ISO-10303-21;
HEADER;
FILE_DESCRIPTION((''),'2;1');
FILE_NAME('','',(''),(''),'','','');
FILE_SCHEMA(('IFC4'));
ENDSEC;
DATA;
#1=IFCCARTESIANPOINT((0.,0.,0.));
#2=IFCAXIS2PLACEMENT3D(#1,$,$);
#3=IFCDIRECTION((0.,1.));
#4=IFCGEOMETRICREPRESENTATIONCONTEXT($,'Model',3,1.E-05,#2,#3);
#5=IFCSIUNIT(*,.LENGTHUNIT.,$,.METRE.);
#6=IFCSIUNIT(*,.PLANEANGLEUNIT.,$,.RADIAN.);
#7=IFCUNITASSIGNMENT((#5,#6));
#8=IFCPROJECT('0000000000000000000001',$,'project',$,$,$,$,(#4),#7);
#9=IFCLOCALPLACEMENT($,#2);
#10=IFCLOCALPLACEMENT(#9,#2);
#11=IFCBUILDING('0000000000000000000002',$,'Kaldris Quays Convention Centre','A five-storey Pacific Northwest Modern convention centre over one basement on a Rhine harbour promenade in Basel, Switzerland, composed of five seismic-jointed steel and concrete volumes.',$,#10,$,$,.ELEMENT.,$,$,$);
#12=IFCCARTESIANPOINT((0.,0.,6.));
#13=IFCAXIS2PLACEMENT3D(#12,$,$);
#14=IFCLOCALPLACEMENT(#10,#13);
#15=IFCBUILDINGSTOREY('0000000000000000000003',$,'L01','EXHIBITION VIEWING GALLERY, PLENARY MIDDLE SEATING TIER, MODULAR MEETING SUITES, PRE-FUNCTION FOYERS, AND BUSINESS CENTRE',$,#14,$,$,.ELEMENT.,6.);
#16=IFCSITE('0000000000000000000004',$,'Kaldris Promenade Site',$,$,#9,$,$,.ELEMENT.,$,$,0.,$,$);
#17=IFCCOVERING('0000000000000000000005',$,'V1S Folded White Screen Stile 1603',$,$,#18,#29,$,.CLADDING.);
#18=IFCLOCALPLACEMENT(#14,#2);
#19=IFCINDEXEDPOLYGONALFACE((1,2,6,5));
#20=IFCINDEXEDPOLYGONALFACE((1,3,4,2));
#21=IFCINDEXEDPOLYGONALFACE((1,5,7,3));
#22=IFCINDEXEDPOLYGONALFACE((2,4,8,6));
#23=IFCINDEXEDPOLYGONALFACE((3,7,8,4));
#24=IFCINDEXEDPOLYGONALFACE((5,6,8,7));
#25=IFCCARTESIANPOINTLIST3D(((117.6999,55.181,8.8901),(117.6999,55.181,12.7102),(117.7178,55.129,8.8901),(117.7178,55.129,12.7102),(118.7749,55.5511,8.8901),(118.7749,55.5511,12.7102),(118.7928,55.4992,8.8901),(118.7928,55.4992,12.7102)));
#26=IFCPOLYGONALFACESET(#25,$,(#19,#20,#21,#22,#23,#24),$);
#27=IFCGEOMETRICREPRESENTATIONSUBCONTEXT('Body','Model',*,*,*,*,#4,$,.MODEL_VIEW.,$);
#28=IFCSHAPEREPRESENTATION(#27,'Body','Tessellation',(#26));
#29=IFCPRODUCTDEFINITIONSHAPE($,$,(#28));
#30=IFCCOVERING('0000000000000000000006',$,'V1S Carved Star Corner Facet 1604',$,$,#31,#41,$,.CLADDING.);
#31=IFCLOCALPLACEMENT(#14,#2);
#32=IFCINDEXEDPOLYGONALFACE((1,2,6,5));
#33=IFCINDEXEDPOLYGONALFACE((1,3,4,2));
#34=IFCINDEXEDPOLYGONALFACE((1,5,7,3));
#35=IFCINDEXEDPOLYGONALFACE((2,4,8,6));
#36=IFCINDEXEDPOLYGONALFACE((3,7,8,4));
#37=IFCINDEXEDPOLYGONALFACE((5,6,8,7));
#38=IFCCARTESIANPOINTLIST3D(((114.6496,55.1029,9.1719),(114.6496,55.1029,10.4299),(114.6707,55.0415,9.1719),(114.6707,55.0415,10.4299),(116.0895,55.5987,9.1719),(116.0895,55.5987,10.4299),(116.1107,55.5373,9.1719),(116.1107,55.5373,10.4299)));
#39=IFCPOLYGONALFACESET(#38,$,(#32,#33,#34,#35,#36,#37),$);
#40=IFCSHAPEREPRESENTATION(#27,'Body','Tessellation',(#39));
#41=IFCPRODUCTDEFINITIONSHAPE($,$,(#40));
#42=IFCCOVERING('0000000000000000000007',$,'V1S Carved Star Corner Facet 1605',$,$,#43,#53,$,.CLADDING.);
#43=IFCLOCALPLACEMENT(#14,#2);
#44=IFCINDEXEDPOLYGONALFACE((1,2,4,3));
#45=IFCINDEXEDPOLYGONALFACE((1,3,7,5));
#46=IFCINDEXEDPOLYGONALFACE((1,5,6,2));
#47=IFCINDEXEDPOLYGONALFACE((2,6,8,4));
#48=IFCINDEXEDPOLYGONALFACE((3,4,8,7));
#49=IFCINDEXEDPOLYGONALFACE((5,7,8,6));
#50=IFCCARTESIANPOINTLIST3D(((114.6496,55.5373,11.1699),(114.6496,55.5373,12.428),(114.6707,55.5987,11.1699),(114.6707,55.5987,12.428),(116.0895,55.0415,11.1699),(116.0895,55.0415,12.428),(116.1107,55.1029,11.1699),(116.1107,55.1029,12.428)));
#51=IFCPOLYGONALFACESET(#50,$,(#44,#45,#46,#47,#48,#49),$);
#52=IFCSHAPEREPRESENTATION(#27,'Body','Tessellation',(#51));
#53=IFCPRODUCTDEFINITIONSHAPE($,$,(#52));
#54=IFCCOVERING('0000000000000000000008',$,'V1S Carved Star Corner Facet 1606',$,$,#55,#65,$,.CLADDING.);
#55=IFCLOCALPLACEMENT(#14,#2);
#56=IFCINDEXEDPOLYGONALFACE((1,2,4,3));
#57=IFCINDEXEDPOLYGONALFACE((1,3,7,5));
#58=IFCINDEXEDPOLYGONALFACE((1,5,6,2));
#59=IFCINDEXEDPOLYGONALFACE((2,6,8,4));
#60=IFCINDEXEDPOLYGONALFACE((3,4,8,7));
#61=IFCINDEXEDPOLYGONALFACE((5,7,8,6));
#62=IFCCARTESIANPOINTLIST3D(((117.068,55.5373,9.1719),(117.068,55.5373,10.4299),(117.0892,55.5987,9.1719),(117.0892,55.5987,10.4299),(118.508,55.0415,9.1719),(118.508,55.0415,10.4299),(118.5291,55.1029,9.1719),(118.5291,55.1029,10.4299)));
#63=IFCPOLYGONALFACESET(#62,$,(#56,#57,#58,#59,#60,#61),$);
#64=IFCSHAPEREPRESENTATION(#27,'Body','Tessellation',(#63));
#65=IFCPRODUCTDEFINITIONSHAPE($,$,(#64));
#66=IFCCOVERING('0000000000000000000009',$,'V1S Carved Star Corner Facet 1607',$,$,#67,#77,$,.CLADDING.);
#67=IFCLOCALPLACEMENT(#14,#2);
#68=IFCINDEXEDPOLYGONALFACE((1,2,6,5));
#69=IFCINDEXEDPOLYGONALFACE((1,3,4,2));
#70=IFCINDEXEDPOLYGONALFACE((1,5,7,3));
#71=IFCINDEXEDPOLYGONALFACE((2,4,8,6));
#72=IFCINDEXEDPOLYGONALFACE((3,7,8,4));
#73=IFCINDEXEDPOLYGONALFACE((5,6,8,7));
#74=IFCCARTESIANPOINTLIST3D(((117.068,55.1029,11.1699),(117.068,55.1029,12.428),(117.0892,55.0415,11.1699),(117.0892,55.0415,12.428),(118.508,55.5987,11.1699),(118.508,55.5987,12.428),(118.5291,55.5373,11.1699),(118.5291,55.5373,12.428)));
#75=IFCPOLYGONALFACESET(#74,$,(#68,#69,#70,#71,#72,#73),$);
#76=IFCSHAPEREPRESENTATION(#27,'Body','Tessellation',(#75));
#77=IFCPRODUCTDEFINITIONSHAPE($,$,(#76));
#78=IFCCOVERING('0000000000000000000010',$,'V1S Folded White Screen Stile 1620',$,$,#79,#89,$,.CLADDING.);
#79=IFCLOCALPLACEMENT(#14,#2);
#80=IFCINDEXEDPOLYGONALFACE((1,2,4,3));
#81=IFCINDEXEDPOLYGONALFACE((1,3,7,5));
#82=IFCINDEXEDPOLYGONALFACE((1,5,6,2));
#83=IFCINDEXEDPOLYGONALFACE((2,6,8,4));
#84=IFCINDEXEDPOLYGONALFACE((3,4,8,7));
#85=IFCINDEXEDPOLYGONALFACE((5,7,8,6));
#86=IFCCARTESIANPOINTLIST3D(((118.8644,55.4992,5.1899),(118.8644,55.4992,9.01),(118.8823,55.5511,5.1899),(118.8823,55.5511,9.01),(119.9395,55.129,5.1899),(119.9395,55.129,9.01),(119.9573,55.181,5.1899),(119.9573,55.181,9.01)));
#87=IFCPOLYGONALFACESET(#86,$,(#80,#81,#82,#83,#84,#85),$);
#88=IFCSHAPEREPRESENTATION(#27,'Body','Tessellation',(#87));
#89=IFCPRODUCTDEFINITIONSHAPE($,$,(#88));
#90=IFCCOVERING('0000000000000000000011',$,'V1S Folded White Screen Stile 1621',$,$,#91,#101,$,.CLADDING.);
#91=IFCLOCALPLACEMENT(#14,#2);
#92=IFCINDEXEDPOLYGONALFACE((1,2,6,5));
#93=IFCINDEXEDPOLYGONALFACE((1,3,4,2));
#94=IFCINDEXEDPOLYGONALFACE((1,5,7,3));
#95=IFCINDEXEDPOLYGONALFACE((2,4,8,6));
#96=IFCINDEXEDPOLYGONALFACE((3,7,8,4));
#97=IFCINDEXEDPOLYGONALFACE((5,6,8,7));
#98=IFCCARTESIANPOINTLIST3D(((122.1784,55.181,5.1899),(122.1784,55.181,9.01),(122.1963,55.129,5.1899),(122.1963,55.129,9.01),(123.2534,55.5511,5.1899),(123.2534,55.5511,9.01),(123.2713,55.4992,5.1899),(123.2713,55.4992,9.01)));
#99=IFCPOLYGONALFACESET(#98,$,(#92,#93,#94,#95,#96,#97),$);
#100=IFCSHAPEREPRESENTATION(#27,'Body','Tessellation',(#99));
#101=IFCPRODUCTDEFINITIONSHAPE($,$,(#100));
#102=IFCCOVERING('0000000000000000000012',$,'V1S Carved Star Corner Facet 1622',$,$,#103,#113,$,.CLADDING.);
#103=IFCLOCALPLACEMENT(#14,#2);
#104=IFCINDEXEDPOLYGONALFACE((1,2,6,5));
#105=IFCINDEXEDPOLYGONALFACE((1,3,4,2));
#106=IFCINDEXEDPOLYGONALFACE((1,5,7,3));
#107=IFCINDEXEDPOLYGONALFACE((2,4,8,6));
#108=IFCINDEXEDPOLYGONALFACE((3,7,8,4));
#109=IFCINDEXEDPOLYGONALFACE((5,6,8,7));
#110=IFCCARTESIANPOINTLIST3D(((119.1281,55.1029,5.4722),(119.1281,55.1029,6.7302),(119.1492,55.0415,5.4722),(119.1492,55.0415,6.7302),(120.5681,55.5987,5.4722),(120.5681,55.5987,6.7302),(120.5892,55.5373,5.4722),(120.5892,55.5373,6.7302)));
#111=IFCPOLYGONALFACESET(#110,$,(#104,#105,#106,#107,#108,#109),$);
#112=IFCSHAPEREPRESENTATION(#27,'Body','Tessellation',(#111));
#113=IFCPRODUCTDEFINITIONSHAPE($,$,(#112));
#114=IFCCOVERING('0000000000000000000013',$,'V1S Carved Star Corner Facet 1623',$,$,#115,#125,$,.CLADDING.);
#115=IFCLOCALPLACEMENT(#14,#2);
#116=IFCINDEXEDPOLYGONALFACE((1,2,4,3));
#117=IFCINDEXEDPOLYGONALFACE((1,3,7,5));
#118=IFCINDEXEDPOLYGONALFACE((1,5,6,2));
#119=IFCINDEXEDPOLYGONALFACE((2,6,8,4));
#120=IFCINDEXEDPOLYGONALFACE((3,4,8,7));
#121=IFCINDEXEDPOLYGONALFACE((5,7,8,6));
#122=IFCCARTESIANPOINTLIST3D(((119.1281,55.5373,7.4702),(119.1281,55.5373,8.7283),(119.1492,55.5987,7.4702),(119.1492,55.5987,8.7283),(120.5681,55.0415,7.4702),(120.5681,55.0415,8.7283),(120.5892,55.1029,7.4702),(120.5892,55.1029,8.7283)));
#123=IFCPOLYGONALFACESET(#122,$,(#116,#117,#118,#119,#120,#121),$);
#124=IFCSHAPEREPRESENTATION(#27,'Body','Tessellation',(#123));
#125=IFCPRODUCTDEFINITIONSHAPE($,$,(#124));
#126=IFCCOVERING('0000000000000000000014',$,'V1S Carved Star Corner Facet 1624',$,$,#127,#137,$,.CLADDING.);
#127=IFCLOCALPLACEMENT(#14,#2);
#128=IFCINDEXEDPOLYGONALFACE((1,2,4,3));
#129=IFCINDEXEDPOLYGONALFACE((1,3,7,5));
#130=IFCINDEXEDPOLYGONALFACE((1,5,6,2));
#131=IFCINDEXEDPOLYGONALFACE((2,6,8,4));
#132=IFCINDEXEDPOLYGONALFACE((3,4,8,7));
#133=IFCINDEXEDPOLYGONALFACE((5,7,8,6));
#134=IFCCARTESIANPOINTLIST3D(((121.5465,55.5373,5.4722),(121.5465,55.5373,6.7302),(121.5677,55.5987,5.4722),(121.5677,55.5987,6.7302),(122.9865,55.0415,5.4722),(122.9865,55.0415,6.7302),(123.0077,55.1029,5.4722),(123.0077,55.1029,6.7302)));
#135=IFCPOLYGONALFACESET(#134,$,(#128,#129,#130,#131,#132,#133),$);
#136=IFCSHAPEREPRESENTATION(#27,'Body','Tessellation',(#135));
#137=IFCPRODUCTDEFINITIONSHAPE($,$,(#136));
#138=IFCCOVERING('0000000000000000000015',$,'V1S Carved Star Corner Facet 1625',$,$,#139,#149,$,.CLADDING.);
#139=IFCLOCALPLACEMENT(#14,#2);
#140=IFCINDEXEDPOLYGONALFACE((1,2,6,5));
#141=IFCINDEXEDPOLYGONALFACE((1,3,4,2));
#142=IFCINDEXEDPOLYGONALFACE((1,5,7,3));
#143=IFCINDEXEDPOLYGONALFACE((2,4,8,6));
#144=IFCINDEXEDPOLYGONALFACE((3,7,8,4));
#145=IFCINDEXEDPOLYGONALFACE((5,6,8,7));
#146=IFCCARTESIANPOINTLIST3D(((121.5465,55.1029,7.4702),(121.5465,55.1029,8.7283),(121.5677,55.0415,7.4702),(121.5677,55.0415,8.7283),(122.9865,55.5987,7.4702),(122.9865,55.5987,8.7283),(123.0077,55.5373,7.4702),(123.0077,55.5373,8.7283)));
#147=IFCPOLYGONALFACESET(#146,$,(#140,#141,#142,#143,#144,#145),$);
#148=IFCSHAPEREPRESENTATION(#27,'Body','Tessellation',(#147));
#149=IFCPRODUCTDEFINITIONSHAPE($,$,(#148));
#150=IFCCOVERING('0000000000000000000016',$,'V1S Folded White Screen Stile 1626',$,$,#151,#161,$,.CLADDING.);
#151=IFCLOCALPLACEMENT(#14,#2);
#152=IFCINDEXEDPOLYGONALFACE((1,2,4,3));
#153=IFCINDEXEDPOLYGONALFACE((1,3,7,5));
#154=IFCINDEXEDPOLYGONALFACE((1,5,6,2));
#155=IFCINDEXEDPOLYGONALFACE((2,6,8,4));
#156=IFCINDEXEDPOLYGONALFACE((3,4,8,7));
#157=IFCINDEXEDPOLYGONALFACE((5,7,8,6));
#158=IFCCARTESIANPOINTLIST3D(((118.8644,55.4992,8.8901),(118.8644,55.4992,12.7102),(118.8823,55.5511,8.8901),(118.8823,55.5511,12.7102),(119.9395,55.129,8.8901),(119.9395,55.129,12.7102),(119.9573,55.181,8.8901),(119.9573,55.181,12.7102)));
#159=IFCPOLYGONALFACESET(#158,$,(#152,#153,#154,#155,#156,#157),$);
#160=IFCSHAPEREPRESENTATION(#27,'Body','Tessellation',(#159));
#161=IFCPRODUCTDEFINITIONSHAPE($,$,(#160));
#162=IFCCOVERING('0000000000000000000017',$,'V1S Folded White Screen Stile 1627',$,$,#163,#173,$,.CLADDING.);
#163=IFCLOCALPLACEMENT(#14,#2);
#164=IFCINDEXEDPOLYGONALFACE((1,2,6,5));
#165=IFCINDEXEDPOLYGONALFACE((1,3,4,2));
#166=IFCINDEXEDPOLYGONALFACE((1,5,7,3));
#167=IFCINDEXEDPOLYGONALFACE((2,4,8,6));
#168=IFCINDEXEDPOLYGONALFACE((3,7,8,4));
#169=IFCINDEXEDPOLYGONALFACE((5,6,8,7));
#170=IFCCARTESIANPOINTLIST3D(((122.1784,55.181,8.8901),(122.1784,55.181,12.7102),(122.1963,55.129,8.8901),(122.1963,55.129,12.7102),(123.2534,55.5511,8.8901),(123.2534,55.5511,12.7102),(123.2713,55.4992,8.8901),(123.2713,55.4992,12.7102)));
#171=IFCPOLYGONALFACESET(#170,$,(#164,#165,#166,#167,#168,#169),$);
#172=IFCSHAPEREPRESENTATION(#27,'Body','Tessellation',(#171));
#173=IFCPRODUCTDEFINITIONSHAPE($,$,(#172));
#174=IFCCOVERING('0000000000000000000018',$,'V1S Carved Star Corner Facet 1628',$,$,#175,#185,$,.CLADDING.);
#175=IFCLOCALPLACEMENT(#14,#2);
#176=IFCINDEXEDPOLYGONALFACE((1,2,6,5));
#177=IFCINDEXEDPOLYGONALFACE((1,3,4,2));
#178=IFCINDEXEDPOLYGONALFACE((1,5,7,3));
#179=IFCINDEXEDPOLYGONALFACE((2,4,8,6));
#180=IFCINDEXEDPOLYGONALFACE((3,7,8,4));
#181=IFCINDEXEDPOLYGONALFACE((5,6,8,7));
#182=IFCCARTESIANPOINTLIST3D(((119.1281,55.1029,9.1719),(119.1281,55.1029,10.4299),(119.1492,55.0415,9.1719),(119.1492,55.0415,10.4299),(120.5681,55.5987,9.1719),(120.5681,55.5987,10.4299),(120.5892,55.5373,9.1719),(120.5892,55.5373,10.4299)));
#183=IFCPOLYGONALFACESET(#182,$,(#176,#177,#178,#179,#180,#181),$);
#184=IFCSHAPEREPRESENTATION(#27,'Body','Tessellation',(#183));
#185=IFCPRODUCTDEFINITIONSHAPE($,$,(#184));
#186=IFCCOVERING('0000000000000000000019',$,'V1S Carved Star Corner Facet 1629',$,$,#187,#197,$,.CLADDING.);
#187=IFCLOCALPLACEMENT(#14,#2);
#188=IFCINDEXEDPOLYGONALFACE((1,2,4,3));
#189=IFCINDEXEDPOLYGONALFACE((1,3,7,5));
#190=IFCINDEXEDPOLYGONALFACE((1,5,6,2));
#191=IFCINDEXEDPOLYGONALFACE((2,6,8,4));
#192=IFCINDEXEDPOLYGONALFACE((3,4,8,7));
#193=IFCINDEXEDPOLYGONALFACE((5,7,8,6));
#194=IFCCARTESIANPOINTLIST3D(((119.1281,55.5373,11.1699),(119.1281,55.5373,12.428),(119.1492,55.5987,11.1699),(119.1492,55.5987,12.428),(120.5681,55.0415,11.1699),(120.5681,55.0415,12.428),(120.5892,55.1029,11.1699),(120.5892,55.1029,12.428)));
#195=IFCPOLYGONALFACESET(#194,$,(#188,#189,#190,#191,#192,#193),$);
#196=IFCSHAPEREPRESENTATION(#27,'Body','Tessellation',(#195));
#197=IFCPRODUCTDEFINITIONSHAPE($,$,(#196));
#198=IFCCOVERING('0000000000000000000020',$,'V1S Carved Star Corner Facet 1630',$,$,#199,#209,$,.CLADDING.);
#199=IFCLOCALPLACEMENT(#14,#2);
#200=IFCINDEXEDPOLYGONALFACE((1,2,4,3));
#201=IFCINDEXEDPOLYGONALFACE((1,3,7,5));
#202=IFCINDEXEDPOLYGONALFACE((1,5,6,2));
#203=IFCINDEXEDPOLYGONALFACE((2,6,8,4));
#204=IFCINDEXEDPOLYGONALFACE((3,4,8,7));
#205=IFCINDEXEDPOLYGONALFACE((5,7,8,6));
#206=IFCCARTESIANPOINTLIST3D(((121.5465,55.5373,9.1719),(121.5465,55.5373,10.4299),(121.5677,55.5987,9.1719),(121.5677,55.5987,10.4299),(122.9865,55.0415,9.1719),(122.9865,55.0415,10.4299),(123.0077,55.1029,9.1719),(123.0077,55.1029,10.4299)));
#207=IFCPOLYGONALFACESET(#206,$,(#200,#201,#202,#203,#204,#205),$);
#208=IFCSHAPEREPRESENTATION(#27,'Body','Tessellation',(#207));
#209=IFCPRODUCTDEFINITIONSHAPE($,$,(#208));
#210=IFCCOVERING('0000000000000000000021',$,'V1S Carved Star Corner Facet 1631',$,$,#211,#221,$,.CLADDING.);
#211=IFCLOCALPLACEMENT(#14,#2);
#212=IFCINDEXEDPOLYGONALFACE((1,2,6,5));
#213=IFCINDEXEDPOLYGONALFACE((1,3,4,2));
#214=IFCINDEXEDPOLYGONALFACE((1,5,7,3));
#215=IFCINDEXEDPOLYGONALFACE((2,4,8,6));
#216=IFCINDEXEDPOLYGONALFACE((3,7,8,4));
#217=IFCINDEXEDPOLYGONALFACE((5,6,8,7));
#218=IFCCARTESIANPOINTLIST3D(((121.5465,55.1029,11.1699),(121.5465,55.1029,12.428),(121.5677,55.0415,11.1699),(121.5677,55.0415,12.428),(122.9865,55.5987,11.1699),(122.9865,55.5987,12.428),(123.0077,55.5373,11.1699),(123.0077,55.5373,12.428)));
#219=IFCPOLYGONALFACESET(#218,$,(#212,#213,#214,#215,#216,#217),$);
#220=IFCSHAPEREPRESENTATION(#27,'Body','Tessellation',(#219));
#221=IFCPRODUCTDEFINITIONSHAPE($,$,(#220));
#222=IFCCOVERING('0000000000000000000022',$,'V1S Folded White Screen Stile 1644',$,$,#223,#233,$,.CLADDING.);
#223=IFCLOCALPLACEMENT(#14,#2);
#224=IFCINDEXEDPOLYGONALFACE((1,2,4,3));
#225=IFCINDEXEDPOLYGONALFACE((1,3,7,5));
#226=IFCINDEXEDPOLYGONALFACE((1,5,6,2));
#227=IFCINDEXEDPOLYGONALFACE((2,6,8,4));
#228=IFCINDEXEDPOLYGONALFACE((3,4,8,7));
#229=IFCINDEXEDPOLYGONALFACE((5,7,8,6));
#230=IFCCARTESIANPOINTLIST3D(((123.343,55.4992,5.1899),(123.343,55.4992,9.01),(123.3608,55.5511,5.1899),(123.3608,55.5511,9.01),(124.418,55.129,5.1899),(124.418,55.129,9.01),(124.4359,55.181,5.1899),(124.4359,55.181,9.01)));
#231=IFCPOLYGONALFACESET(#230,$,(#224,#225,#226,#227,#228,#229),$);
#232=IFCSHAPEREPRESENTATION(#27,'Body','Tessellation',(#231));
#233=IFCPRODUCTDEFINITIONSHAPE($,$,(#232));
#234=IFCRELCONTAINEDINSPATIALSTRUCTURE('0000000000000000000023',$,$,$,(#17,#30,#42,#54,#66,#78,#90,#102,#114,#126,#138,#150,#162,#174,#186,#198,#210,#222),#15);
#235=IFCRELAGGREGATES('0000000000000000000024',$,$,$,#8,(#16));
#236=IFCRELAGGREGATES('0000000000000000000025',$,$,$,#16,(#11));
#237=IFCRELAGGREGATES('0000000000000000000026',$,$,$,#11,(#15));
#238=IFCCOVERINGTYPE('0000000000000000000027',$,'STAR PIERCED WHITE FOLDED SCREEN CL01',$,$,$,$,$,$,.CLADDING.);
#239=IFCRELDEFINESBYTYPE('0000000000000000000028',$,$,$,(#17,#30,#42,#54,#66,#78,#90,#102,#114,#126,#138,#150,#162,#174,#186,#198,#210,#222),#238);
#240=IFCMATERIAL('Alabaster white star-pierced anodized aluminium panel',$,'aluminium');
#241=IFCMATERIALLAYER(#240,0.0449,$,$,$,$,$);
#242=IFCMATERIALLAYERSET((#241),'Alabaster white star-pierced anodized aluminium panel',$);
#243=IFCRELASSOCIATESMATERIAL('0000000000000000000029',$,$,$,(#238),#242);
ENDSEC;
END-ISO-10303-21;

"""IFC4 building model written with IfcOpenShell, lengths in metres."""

from ifc_helpers import new_model, si_unit, direction, frame, origin, origin_2d, place, context, subcontext, project, spatial, rectangle, extrude, material, layer, layer_set, type_object, element, save


model = new_model("IFC4")

# Units and contexts
model_context = context("Model", 3, precision=1e-05, world=origin(), true_north=direction((0.0, 1.0)))
body_context = subcontext(model_context, "Body", "Model", "MODEL_VIEW")
ifc_project = project(units=[si_unit("LENGTHUNIT", "METRE"), si_unit("PLANEANGLEUNIT", "RADIAN")], contexts=[model_context])

# Site, building, storey
site_placement = place(None, origin())
site = spatial("IfcSite", under=ifc_project, at=site_placement, Name="Kaldris Promenade Site", CompositionType="ELEMENT", RefElevation=0.0)
building_placement = place(site_placement, origin())
building = spatial("IfcBuilding", under=site, at=building_placement, Name="Kaldris Quays Convention Centre", Description="A five-storey Pacific Northwest Modern convention centre over one basement on a Rhine harbour promenade in Basel, Switzerland, composed of five seismic-jointed steel and concrete volumes.", CompositionType="ELEMENT")
storey_placement = place(building_placement, frame((0.0, 0.0, 6.0)))
storey = spatial("IfcBuildingStorey", under=building, at=storey_placement, Name="L01", Description="EXHIBITION VIEWING GALLERY, PLENARY MIDDLE SEATING TIER, MODULAR MEETING SUITES, PRE-FUNCTION FOYERS, AND BUSINESS CENTRE", CompositionType="ELEMENT", Elevation=6.0)

# Coverings
ifc_material_1 = material(Name="Alabaster white star-pierced anodized aluminium panel", Category="aluminium")
ifc_layer = layer(ifc_material_1, 0.0449)
ifc_layer_set = layer_set([ifc_layer], Name="Alabaster white star-pierced anodized aluminium panel")
covering_type = type_object("IfcCoveringType", Name="STAR PIERCED WHITE FOLDED SCREEN CL01", PredefinedType="CLADDING", material=ifc_layer_set)
covering_1_placement = place(storey_placement, frame((118.2463, 55.3401, 8.8901), z_axis=(0.0, 0.0, 1.0), x_axis=(0.945519, 0.325568, 0.0)))
element("IfcCovering", 1, at=covering_1_placement, inside=storey, type_object=covering_type, Name="V1S Folded White Screen Stile 1603", PredefinedType="CLADDING", context=body_context, shape_type="SweptSolid", body=[
    extrude(rectangle(XDim=1.137, YDim=0.0549, at=origin_2d()), origin(), (0.0, 0.0, 1.0), 3.8201),
])
for number, where, z_axis, x_axis, name in (
    (2, (115.3801, 55.3201, 9.1719), (0.0, 0.0, 1.0), (0.945519, 0.325568, 0.0), "V1S Carved Star Corner Facet 1604"),
    (3, (115.3801, 55.3201, 11.1699), (0.0, 0.0, 1.0), (0.945519, -0.325568, 0.0), "V1S Carved Star Corner Facet 1605"),
    (4, (117.7986, 55.3201, 9.1719), (0.0, 0.0, 1.0), (0.945519, -0.325568, 0.0), "V1S Carved Star Corner Facet 1606"),
    (5, (117.7986, 55.3201, 11.1699), (0.0, 0.0, 1.0), (0.945519, 0.325568, 0.0), "V1S Carved Star Corner Facet 1607"),
):
    element("IfcCovering", number, at=place(storey_placement, frame(where, z_axis=z_axis, x_axis=x_axis)), inside=storey, type_object=covering_type, Name=name, PredefinedType="CLADDING", context=body_context, shape_type="SweptSolid", body=[
        extrude(rectangle(XDim=1.5229, YDim=0.0649, at=origin_2d()), origin(), (0.0, 0.0, 1.0), 1.2581),
    ])
for number, where, z_axis, x_axis, name in (
    (6, (119.4109, 55.3401, 5.1899), (0.0, 0.0, 1.0), (0.945519, -0.325568, 0.0), "V1S Folded White Screen Stile 1620"),
    (7, (122.7249, 55.3401, 5.1899), (0.0, 0.0, 1.0), (0.945519, 0.325568, 0.0), "V1S Folded White Screen Stile 1621"),
):
    element("IfcCovering", number, at=place(storey_placement, frame(where, z_axis=z_axis, x_axis=x_axis)), inside=storey, type_object=covering_type, Name=name, PredefinedType="CLADDING", context=body_context, shape_type="SweptSolid", body=[
        extrude(rectangle(XDim=1.137, YDim=0.0549, at=origin_2d()), origin(), (0.0, 0.0, 1.0), 3.8201),
    ])
for number, where, z_axis, x_axis, name in (
    (8, (119.8586, 55.3201, 5.4722), (0.0, 0.0, 1.0), (0.945519, 0.325568, 0.0), "V1S Carved Star Corner Facet 1622"),
    (9, (119.8586, 55.3201, 7.4702), (0.0, 0.0, 1.0), (0.945519, -0.325568, 0.0), "V1S Carved Star Corner Facet 1623"),
    (10, (122.2771, 55.3201, 5.4722), (0.0, 0.0, 1.0), (0.945519, -0.325568, 0.0), "V1S Carved Star Corner Facet 1624"),
    (11, (122.2771, 55.3201, 7.4702), (0.0, 0.0, 1.0), (0.945519, 0.325568, 0.0), "V1S Carved Star Corner Facet 1625"),
):
    element("IfcCovering", number, at=place(storey_placement, frame(where, z_axis=z_axis, x_axis=x_axis)), inside=storey, type_object=covering_type, Name=name, PredefinedType="CLADDING", context=body_context, shape_type="SweptSolid", body=[
        extrude(rectangle(XDim=1.5229, YDim=0.0649, at=origin_2d()), origin(), (0.0, 0.0, 1.0), 1.2581),
    ])
for number, where, z_axis, x_axis, name in (
    (12, (119.4109, 55.3401, 8.8901), (0.0, 0.0, 1.0), (0.945519, -0.325568, 0.0), "V1S Folded White Screen Stile 1626"),
    (13, (122.7249, 55.3401, 8.8901), (0.0, 0.0, 1.0), (0.945519, 0.325568, 0.0), "V1S Folded White Screen Stile 1627"),
):
    element("IfcCovering", number, at=place(storey_placement, frame(where, z_axis=z_axis, x_axis=x_axis)), inside=storey, type_object=covering_type, Name=name, PredefinedType="CLADDING", context=body_context, shape_type="SweptSolid", body=[
        extrude(rectangle(XDim=1.137, YDim=0.0549, at=origin_2d()), origin(), (0.0, 0.0, 1.0), 3.8201),
    ])
for number, where, z_axis, x_axis, name in (
    (14, (119.8586, 55.3201, 9.1719), (0.0, 0.0, 1.0), (0.945519, 0.325568, 0.0), "V1S Carved Star Corner Facet 1628"),
    (15, (119.8586, 55.3201, 11.1699), (0.0, 0.0, 1.0), (0.945519, -0.325568, 0.0), "V1S Carved Star Corner Facet 1629"),
    (16, (122.2771, 55.3201, 9.1719), (0.0, 0.0, 1.0), (0.945519, -0.325568, 0.0), "V1S Carved Star Corner Facet 1630"),
    (17, (122.2771, 55.3201, 11.1699), (0.0, 0.0, 1.0), (0.945519, 0.325568, 0.0), "V1S Carved Star Corner Facet 1631"),
):
    element("IfcCovering", number, at=place(storey_placement, frame(where, z_axis=z_axis, x_axis=x_axis)), inside=storey, type_object=covering_type, Name=name, PredefinedType="CLADDING", context=body_context, shape_type="SweptSolid", body=[
        extrude(rectangle(XDim=1.5229, YDim=0.0649, at=origin_2d()), origin(), (0.0, 0.0, 1.0), 1.2581),
    ])
for number, where, z_axis, x_axis, name in (
    (18, (123.8894, 55.3401, 5.1899), (0.0, 0.0, 1.0), (0.945519, -0.325568, 0.0), "V1S Folded White Screen Stile 1644"),
):
    element("IfcCovering", number, at=place(storey_placement, frame(where, z_axis=z_axis, x_axis=x_axis)), inside=storey, type_object=covering_type, Name=name, PredefinedType="CLADDING", context=body_context, shape_type="SweptSolid", body=[
        extrude(rectangle(XDim=1.137, YDim=0.0549, at=origin_2d()), origin(), (0.0, 0.0, 1.0), 3.8201),
    ])

save(model, "model.ifc")
